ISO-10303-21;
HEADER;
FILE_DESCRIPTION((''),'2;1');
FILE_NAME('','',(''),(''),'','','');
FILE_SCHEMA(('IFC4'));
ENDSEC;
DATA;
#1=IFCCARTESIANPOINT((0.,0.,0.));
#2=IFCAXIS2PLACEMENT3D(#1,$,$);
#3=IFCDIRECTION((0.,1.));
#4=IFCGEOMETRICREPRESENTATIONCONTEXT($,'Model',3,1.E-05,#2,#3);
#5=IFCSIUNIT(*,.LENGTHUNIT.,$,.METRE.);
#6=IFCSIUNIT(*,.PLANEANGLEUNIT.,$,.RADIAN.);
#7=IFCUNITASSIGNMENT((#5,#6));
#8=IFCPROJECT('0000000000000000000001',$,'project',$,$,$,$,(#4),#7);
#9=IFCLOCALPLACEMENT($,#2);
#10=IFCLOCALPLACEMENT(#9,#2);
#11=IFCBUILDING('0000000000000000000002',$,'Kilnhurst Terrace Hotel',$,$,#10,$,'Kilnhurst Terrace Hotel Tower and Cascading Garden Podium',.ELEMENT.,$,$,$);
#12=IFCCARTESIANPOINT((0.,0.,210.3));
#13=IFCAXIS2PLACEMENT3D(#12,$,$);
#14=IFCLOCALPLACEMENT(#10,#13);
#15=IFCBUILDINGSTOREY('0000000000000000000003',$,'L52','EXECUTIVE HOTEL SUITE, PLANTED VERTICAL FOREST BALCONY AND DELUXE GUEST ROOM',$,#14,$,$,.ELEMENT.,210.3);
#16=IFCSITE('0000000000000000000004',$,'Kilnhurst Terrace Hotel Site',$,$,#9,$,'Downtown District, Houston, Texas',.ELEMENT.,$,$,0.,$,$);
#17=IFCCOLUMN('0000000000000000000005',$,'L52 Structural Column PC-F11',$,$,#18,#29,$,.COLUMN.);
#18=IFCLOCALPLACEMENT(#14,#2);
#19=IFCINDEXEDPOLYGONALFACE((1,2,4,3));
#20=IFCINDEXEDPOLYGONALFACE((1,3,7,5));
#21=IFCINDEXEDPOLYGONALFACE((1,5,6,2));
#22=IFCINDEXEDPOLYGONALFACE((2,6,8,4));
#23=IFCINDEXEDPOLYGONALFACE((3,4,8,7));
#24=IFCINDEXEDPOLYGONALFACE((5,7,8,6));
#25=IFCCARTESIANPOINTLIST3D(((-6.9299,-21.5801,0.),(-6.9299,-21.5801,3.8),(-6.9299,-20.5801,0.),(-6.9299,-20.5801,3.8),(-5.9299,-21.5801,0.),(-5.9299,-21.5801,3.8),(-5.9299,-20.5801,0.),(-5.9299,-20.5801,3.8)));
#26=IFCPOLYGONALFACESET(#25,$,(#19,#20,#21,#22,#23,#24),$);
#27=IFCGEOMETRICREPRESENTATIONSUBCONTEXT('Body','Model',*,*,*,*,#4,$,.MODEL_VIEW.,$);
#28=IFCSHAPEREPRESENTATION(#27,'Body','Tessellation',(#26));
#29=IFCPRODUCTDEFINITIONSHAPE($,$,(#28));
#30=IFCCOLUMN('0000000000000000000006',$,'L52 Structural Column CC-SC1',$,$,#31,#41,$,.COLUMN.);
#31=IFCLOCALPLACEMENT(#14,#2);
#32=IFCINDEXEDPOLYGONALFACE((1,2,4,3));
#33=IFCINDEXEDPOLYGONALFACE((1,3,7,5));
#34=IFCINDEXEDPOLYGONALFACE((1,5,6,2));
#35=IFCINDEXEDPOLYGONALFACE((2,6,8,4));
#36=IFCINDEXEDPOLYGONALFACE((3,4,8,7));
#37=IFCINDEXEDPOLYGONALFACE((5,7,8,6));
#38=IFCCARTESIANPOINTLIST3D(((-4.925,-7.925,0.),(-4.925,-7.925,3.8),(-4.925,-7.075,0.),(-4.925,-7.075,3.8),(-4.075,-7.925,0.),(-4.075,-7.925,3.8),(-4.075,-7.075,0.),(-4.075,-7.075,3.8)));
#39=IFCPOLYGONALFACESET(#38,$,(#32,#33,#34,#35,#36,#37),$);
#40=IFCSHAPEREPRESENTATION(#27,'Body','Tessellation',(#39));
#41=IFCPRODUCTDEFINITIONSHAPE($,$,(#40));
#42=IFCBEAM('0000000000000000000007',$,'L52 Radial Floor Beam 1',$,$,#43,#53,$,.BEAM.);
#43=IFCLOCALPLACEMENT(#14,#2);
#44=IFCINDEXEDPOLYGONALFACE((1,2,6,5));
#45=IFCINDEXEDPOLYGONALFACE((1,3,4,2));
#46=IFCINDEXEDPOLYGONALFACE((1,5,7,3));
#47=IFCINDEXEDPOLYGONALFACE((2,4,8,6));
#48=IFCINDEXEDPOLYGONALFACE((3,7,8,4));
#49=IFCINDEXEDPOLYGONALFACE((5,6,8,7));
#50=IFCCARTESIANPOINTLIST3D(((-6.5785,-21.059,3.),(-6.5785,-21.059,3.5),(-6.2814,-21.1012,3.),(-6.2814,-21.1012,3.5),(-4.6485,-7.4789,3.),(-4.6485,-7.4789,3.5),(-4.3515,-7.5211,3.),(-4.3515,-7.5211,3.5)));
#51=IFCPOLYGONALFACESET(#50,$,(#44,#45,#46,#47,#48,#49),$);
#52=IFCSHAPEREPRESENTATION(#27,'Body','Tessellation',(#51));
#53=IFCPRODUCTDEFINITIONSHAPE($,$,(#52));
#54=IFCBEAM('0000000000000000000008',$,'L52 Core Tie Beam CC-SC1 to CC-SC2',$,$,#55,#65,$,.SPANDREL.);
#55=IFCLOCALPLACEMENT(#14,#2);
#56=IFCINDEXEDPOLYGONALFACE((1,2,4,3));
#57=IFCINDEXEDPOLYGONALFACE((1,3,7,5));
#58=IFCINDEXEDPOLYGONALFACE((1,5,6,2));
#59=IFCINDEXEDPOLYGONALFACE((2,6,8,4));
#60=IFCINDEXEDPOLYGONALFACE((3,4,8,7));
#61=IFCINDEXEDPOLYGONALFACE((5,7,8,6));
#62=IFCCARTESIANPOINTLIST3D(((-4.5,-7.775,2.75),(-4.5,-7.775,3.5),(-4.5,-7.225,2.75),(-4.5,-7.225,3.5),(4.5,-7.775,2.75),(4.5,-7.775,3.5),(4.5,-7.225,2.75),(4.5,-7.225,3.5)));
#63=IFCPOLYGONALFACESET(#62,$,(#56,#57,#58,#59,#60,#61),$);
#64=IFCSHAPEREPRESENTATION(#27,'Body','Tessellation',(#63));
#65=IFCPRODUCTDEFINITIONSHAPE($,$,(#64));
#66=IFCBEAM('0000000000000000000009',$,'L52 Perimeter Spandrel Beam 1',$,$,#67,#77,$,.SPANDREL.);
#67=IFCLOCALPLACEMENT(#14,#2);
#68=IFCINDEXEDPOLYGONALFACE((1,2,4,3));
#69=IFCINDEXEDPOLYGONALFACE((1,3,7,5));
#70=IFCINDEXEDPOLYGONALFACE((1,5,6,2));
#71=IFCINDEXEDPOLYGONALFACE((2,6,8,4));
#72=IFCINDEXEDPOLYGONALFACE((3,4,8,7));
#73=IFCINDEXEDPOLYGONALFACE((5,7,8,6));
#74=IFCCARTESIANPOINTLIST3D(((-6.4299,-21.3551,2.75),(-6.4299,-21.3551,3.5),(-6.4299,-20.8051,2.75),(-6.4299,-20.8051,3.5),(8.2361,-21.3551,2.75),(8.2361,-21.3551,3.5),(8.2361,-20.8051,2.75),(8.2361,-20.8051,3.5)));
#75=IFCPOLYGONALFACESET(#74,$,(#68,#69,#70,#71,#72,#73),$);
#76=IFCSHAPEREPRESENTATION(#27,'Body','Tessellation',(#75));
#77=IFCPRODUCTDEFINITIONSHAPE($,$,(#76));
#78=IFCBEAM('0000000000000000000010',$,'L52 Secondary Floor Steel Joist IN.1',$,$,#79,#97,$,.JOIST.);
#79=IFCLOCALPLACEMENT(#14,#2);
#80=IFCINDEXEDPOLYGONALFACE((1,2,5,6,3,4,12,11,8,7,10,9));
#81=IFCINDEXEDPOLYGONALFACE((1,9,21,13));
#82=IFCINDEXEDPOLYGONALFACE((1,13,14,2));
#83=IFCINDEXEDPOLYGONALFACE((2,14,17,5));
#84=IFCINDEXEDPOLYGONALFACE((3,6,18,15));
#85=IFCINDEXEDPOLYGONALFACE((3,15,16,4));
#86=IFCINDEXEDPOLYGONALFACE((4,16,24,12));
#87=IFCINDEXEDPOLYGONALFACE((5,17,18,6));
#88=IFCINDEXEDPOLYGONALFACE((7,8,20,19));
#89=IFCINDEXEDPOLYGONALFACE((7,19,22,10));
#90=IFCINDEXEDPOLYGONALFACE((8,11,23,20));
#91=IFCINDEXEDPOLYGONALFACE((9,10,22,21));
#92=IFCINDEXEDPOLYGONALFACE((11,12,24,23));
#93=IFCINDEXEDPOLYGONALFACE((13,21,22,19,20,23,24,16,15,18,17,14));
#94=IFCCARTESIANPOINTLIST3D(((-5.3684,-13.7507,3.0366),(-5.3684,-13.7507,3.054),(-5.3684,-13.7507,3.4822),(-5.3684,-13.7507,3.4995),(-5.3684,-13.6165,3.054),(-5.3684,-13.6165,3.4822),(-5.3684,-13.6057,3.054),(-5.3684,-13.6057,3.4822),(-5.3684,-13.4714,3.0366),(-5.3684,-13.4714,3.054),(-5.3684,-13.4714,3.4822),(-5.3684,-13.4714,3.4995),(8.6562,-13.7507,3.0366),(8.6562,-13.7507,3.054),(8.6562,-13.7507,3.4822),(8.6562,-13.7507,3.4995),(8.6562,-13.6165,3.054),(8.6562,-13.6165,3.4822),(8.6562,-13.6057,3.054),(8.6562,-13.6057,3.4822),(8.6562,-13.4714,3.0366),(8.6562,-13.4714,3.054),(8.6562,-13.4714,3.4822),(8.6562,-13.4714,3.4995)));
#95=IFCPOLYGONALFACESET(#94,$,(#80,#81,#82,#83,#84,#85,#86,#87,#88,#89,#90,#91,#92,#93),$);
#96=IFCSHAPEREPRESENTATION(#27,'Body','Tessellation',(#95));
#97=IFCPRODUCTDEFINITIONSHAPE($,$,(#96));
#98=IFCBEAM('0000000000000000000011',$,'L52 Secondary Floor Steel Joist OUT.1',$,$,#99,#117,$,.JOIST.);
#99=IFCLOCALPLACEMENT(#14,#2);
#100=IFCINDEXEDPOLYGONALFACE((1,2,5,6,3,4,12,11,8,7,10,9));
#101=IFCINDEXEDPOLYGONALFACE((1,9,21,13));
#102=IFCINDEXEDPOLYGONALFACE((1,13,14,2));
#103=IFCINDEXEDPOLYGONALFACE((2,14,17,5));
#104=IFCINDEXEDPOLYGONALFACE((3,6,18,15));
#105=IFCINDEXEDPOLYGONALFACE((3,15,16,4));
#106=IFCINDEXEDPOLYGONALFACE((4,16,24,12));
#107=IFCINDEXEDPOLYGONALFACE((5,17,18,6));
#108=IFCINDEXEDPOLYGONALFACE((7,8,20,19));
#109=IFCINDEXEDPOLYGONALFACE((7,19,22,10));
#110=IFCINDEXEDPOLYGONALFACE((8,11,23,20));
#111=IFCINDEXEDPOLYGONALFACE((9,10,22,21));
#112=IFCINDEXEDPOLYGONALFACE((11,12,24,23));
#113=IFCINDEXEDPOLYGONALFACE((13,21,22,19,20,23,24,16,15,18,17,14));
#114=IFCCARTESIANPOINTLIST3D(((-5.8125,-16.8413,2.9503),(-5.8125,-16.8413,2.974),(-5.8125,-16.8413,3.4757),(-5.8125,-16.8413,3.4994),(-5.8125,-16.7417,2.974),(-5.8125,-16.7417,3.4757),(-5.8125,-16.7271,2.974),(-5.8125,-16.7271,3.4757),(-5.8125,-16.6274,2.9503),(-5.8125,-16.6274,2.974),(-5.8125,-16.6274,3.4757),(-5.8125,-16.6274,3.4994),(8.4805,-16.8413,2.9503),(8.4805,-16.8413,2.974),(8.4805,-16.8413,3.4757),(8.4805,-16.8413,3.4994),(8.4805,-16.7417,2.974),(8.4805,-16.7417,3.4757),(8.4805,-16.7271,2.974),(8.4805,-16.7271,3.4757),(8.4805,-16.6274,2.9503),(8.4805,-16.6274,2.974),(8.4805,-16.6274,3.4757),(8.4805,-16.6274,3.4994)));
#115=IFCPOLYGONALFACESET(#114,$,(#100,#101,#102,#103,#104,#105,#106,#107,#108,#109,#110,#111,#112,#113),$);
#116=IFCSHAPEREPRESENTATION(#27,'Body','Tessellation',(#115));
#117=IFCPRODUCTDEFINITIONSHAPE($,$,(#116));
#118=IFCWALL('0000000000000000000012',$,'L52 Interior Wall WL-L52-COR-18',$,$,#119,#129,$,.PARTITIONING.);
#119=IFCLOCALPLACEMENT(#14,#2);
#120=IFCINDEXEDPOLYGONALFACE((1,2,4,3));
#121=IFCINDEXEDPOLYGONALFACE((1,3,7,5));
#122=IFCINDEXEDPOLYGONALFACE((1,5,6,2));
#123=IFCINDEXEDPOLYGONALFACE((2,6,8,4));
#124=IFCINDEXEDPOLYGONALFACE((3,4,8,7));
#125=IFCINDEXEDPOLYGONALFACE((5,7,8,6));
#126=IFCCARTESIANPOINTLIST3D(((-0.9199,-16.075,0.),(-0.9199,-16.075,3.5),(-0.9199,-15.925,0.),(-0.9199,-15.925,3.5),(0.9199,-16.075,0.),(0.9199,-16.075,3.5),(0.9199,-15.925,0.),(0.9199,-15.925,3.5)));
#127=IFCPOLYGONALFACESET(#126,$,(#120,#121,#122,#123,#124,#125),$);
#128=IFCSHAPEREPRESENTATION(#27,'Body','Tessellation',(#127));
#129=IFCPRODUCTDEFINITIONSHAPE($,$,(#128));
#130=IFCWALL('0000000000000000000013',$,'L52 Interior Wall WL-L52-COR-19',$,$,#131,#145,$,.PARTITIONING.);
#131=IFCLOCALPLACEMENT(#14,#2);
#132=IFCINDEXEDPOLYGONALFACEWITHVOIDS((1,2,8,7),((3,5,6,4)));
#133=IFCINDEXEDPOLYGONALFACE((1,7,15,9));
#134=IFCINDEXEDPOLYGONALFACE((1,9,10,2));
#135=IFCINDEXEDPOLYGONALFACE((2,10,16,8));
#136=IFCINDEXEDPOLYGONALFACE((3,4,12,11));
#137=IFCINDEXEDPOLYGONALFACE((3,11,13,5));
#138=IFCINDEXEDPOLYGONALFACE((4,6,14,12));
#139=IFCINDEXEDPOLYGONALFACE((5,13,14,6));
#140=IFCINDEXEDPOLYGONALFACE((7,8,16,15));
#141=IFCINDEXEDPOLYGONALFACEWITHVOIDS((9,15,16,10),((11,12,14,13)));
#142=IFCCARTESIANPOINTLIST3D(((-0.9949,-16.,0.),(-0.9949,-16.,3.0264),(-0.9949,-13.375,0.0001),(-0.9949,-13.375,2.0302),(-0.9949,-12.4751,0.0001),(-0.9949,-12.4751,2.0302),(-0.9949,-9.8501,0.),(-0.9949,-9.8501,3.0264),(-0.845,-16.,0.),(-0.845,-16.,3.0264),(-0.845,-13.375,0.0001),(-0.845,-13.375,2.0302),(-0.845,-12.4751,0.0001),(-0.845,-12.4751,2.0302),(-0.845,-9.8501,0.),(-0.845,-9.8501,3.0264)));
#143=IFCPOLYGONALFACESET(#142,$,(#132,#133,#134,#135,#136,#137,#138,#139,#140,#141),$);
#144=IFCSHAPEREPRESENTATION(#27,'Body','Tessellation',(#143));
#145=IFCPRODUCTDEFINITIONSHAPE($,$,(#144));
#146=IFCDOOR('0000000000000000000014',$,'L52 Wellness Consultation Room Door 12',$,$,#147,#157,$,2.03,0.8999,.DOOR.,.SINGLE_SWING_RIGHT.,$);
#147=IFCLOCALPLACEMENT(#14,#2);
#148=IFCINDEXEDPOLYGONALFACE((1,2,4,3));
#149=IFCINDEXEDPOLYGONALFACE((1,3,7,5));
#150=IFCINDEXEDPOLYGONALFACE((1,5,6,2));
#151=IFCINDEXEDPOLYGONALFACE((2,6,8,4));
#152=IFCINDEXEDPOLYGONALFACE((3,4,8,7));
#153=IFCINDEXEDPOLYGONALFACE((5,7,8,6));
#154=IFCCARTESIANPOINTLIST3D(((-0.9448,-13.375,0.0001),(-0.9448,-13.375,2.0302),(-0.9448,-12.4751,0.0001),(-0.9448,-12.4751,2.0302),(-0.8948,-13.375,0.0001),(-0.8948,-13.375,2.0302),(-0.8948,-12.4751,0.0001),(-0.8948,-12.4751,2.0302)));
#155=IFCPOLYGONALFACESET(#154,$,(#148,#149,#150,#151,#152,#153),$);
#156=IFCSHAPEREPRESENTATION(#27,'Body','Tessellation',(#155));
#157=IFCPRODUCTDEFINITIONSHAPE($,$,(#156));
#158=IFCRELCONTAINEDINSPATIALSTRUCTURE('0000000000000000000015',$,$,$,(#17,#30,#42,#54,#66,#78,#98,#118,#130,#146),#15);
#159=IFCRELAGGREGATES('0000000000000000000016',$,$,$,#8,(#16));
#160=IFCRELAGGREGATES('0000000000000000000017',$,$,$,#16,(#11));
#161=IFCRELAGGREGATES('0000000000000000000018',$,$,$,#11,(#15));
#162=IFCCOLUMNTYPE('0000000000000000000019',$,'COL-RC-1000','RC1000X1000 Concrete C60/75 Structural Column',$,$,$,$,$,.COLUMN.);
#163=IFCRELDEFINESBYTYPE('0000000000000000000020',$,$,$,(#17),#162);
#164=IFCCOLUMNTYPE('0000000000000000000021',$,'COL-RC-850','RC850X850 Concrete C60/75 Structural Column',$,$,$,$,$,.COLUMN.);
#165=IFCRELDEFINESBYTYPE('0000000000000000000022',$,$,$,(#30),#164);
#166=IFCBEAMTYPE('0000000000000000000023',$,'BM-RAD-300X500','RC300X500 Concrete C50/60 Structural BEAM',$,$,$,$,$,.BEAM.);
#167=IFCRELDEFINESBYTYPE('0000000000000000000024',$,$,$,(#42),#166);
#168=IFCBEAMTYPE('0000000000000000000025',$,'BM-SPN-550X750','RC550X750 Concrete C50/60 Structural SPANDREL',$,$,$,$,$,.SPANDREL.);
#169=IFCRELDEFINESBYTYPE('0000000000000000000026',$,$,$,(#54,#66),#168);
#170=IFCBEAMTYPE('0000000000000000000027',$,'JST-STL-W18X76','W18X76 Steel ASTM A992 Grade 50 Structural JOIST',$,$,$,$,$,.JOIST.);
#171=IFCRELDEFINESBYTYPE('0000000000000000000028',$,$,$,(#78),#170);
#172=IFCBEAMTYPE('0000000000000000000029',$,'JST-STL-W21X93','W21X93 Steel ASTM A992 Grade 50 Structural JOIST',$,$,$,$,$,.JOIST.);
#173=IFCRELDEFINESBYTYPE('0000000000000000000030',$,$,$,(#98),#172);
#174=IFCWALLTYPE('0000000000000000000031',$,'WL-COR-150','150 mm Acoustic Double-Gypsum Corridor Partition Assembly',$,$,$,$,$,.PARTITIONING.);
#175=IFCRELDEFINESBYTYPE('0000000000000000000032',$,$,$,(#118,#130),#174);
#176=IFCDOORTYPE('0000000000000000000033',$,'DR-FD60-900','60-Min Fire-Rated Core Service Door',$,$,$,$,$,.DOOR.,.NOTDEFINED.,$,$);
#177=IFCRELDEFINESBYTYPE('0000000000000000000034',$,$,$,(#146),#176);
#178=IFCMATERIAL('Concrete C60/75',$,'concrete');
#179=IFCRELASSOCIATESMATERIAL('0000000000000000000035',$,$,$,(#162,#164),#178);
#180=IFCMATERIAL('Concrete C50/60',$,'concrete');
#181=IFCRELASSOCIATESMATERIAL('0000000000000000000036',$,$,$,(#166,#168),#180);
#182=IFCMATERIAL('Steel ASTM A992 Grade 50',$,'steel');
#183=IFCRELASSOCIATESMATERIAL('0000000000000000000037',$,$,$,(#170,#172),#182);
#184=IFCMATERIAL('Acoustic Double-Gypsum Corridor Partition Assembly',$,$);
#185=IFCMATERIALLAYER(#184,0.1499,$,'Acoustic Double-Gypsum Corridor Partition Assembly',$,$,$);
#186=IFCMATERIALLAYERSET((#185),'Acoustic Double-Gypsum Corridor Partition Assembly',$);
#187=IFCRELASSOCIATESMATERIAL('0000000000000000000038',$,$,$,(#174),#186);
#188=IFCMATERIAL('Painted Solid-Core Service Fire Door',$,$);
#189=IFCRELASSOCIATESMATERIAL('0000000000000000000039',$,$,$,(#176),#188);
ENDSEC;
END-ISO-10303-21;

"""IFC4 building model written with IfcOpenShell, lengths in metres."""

from ifc_helpers import new_model, si_unit, direction, frame, frame_2d, origin, origin_2d, place, context, subcontext, project, spatial, rectangle, i_section, extrude, material, layer, layer_set, material_profile, profile_set, type_object, element, fill, save


model = new_model("IFC4")

# Units and contexts
model_context = context("Model", 3, precision=1e-05, world=origin(), true_north=direction((0.0, 1.0)))
body_context = subcontext(model_context, "Body", "Model", "MODEL_VIEW")
ifc_project = project(units=[si_unit("LENGTHUNIT", "METRE"), si_unit("PLANEANGLEUNIT", "RADIAN")], contexts=[model_context])

# Site, building, storey
site_placement = place(None, origin())
site = spatial("IfcSite", under=ifc_project, at=site_placement, Name="Kilnhurst Terrace Hotel Site", LongName="Downtown District, Houston, Texas", CompositionType="ELEMENT", RefElevation=0.0)
building_placement = place(site_placement, origin())
building = spatial("IfcBuilding", under=site, at=building_placement, Name="Kilnhurst Terrace Hotel", LongName="Kilnhurst Terrace Hotel Tower and Cascading Garden Podium", CompositionType="ELEMENT")
storey_placement = place(building_placement, frame((0.0, 0.0, 210.3)))
storey = spatial("IfcBuildingStorey", under=building, at=storey_placement, Name="L52", Description="EXECUTIVE HOTEL SUITE, PLANTED VERTICAL FOREST BALCONY AND DELUXE GUEST ROOM", CompositionType="ELEMENT", Elevation=210.3)

# Columns
ifc_material_1 = material(Name="Concrete C60/75", Category="concrete")
ifc_material_profile_1 = material_profile(ifc_material_1, rectangle(XDim=1.0, YDim=1.0, at=origin_2d()), Name="RC1000X1000")
ifc_profile_set_1 = profile_set([ifc_material_profile_1], Name="Concrete C60/75")
column_type_1 = type_object("IfcColumnType", Name="COL-RC-1000", Description="RC1000X1000 Concrete C60/75 Structural Column", PredefinedType="COLUMN", material=ifc_profile_set_1)
column_1_placement = place(storey_placement, frame((-6.4299, -21.0801, 0.0), z_axis=(0.0, 0.0, 1.0), x_axis=(1.0, 0.0, 0.0)))
element("IfcColumn", 1, at=column_1_placement, inside=storey, type_object=column_type_1, Name="L52 Structural Column PC-F11", PredefinedType="COLUMN", context=body_context, shape_type="SweptSolid", body=[
    extrude(rectangle(XDim=1.0, YDim=1.0, at=origin_2d()), origin(), (0.0, 0.0, 1.0), 3.8),
])
ifc_material_profile_2 = material_profile(ifc_material_1, rectangle(XDim=0.8501, YDim=0.8501, at=origin_2d()), Name="RC850X850")
ifc_profile_set_2 = profile_set([ifc_material_profile_2], Name="Concrete C60/75")
column_type_2 = type_object("IfcColumnType", Name="COL-RC-850", Description="RC850X850 Concrete C60/75 Structural Column", PredefinedType="COLUMN", material=ifc_profile_set_2)
column_2_placement = place(storey_placement, frame((-4.5, -7.5, 0.0), z_axis=(0.0, 0.0, 1.0), x_axis=(1.0, 0.0, 0.0)))
element("IfcColumn", 2, at=column_2_placement, inside=storey, type_object=column_type_2, Name="L52 Structural Column CC-SC1", PredefinedType="COLUMN", context=body_context, shape_type="SweptSolid", body=[
    extrude(rectangle(XDim=0.8501, YDim=0.8501, at=origin_2d()), origin(), (0.0, 0.0, 1.0), 3.8),
])

# Beams
ifc_material_2 = material(Name="Concrete C50/60", Category="concrete")
ifc_material_profile_3 = material_profile(ifc_material_2, rectangle(XDim=0.3, YDim=0.5, at=origin_2d()), Name="RC300X500")
ifc_profile_set_3 = profile_set([ifc_material_profile_3], Name="Concrete C50/60")
beam_type_1 = type_object("IfcBeamType", Name="BM-RAD-300X500", Description="RC300X500 Concrete C50/60 Structural BEAM", PredefinedType="BEAM", material=ifc_profile_set_3)
beam_1_placement = place(storey_placement, frame((-4.5, -7.5, 3.25), z_axis=(-0.140701, -0.990052, 0.0), x_axis=(0.990052, -0.140701, 0.0)))
element("IfcBeam", 3, at=beam_1_placement, inside=storey, type_object=beam_type_1, Name="L52 Radial Floor Beam 1", PredefinedType="BEAM", context=body_context, shape_type="SweptSolid", body=[
    extrude(rectangle(XDim=0.3, YDim=0.5, at=origin_2d()), origin(), (0.0, 0.0, 1.0), 13.7166),
])
ifc_material_profile_4 = material_profile(ifc_material_2, rectangle(XDim=0.55, YDim=0.75, at=origin_2d()), Name="RC550X750")
ifc_profile_set_4 = profile_set([ifc_material_profile_4], Name="Concrete C50/60")
beam_type_2 = type_object("IfcBeamType", Name="BM-SPN-550X750", Description="RC550X750 Concrete C50/60 Structural SPANDREL", PredefinedType="SPANDREL", material=ifc_profile_set_4)
beam_2_placement = place(storey_placement, frame((-4.5, -7.5, 3.125), z_axis=(1.0, 0.0, 0.0), x_axis=(0.0, 1.0, 0.0)))
element("IfcBeam", 4, at=beam_2_placement, inside=storey, type_object=beam_type_2, Name="L52 Core Tie Beam CC-SC1 to CC-SC2", PredefinedType="SPANDREL", context=body_context, shape_type="SweptSolid", body=[
    extrude(rectangle(XDim=0.55, YDim=0.75, at=origin_2d()), origin(), (0.0, 0.0, 1.0), 9.0),
])
beam_3_placement = place(storey_placement, frame((-6.4299, -21.0801, 3.125), z_axis=(1.0, 0.0, 0.0), x_axis=(0.0, 1.0, 0.0)))
element("IfcBeam", 5, at=beam_3_placement, inside=storey, type_object=beam_type_2, Name="L52 Perimeter Spandrel Beam 1", PredefinedType="SPANDREL", context=body_context, shape_type="SweptSolid", body=[
    extrude(rectangle(XDim=0.55, YDim=0.75, at=origin_2d()), origin(), (0.0, 0.0, 1.0), 14.666),
])
ifc_material_3 = material(Name="Steel ASTM A992 Grade 50", Category="steel")
ifc_material_profile_5 = material_profile(ifc_material_3, i_section(OverallWidth=0.2793, OverallDepth=0.4629, WebThickness=0.0107, FlangeThickness=0.0173, at=origin_2d()), Name="W18X76")
ifc_profile_set_5 = profile_set([ifc_material_profile_5], Name="Steel ASTM A992 Grade 50")
beam_type_3 = type_object("IfcBeamType", Name="JST-STL-W18X76", Description="W18X76 Steel ASTM A992 Grade 50 Structural JOIST", PredefinedType="JOIST", material=ifc_profile_set_5)
beam_4_placement = place(storey_placement, frame((-5.3684, -13.6111, 3.2681), z_axis=(1.0, 0.0, 0.0), x_axis=(0.0, 1.0, 0.0)))
element("IfcBeam", 6, at=beam_4_placement, inside=storey, type_object=beam_type_3, Name="L52 Secondary Floor Steel Joist IN.1", PredefinedType="JOIST", context=body_context, shape_type="SweptSolid", body=[
    extrude(i_section(OverallWidth=0.2793, OverallDepth=0.4629, WebThickness=0.0107, FlangeThickness=0.0173, at=origin_2d()), origin(), (0.0, 0.0, 1.0), 14.0247),
])
ifc_material_profile_6 = material_profile(ifc_material_3, i_section(OverallWidth=0.2139, OverallDepth=0.5491, WebThickness=0.0146, FlangeThickness=0.0237, at=origin_2d()), Name="W21X93")
ifc_profile_set_6 = profile_set([ifc_material_profile_6], Name="Steel ASTM A992 Grade 50")
beam_type_4 = type_object("IfcBeamType", Name="JST-STL-W21X93", Description="W21X93 Steel ASTM A992 Grade 50 Structural JOIST", PredefinedType="JOIST", material=ifc_profile_set_6)
beam_5_placement = place(storey_placement, frame((-5.8125, -16.7344, 3.2249), z_axis=(1.0, 0.0, 0.0), x_axis=(0.0, 1.0, 0.0)))
element("IfcBeam", 7, at=beam_5_placement, inside=storey, type_object=beam_type_4, Name="L52 Secondary Floor Steel Joist OUT.1", PredefinedType="JOIST", context=body_context, shape_type="SweptSolid", body=[
    extrude(i_section(OverallWidth=0.2139, OverallDepth=0.5491, WebThickness=0.0146, FlangeThickness=0.0237, at=origin_2d()), origin(), (0.0, 0.0, 1.0), 14.293),
])

# Wall
ifc_material_4 = material(Name="Acoustic Double-Gypsum Corridor Partition Assembly")
ifc_layer_1 = layer(ifc_material_4, 0.1499, Name="Acoustic Double-Gypsum Corridor Partition Assembly")
ifc_layer_set_1 = layer_set([ifc_layer_1], Name="Acoustic Double-Gypsum Corridor Partition Assembly")
wall_type_1 = type_object("IfcWallType", Name="WL-COR-150", Description="150 mm Acoustic Double-Gypsum Corridor Partition Assembly", PredefinedType="PARTITIONING", material=ifc_layer_set_1)
wall_1_placement = place(storey_placement, frame((0.9199, -16.0, 0.0), z_axis=(0.0, 0.0, 1.0), x_axis=(-1.0, 0.0, 0.0)))
element("IfcWall", 8, at=wall_1_placement, inside=storey, type_object=wall_type_1, Name="L52 Interior Wall WL-L52-COR-18", PredefinedType="PARTITIONING", context=body_context, shape_type="SweptSolid", body=[
    extrude(rectangle(XDim=1.8398, YDim=0.1499, at=frame_2d((0.9199, 0.0))), origin(), (0.0, 0.0, 1.0), 3.5),
])

# Wall, opening, door
wall_2_placement = place(storey_placement, frame((-0.9199, -16.0, 0.0), z_axis=(0.0, 0.0, 1.0), x_axis=(0.0, 1.0, 0.0)))
wall_2 = element("IfcWall", 9, at=wall_2_placement, inside=storey, type_object=wall_type_1, Name="L52 Interior Wall WL-L52-COR-19", PredefinedType="PARTITIONING", context=body_context, shape_type="SweptSolid", body=[
    extrude(rectangle(XDim=6.1499, YDim=0.1499, at=frame_2d((3.075, 0.0))), origin(), (0.0, 0.0, 1.0), 3.0264),
])
opening_1_placement = place(wall_2_placement, frame((2.625, 0.0, 0.0)))
opening_1 = element("IfcOpeningElement", 10, at=opening_1_placement, cuts=wall_2, PredefinedType="OPENING", context=body_context, shape_type="SweptSolid", body=[
    extrude(rectangle(XDim=0.8999, YDim=2.03, at=frame_2d((0.45, 1.0151))), frame((0.0, 0.085, 0.0), z_axis=(0.0, -1.0, 0.0), x_axis=(1.0, 0.0, 0.0)), (0.0, 0.0, 1.0), 0.1699),
])
ifc_material_5 = material(Name="Painted Solid-Core Service Fire Door")
door_type_1 = type_object("IfcDoorType", Name="DR-FD60-900", Description="60-Min Fire-Rated Core Service Door", OperationType="NOTDEFINED", PredefinedType="DOOR", material=ifc_material_5)
door_1_placement = place(opening_1_placement, origin())
door_1 = element("IfcDoor", 11, at=door_1_placement, inside=storey, type_object=door_type_1, Name="L52 Wellness Consultation Room Door 12", OperationType="SINGLE_SWING_RIGHT", OverallHeight=2.03, OverallWidth=0.8999, PredefinedType="DOOR", context=body_context, shape_type="SweptSolid", body=[
    extrude(rectangle(XDim=0.8999, YDim=2.03, at=frame_2d((0.45, 1.0151))), frame((0.0, 0.0249, 0.0), z_axis=(0.0, -1.0, 0.0), x_axis=(1.0, 0.0, 0.0)), (0.0, 0.0, 1.0), 0.05),
])
fill(opening_1, door_1)

save(model, "model.ifc")
